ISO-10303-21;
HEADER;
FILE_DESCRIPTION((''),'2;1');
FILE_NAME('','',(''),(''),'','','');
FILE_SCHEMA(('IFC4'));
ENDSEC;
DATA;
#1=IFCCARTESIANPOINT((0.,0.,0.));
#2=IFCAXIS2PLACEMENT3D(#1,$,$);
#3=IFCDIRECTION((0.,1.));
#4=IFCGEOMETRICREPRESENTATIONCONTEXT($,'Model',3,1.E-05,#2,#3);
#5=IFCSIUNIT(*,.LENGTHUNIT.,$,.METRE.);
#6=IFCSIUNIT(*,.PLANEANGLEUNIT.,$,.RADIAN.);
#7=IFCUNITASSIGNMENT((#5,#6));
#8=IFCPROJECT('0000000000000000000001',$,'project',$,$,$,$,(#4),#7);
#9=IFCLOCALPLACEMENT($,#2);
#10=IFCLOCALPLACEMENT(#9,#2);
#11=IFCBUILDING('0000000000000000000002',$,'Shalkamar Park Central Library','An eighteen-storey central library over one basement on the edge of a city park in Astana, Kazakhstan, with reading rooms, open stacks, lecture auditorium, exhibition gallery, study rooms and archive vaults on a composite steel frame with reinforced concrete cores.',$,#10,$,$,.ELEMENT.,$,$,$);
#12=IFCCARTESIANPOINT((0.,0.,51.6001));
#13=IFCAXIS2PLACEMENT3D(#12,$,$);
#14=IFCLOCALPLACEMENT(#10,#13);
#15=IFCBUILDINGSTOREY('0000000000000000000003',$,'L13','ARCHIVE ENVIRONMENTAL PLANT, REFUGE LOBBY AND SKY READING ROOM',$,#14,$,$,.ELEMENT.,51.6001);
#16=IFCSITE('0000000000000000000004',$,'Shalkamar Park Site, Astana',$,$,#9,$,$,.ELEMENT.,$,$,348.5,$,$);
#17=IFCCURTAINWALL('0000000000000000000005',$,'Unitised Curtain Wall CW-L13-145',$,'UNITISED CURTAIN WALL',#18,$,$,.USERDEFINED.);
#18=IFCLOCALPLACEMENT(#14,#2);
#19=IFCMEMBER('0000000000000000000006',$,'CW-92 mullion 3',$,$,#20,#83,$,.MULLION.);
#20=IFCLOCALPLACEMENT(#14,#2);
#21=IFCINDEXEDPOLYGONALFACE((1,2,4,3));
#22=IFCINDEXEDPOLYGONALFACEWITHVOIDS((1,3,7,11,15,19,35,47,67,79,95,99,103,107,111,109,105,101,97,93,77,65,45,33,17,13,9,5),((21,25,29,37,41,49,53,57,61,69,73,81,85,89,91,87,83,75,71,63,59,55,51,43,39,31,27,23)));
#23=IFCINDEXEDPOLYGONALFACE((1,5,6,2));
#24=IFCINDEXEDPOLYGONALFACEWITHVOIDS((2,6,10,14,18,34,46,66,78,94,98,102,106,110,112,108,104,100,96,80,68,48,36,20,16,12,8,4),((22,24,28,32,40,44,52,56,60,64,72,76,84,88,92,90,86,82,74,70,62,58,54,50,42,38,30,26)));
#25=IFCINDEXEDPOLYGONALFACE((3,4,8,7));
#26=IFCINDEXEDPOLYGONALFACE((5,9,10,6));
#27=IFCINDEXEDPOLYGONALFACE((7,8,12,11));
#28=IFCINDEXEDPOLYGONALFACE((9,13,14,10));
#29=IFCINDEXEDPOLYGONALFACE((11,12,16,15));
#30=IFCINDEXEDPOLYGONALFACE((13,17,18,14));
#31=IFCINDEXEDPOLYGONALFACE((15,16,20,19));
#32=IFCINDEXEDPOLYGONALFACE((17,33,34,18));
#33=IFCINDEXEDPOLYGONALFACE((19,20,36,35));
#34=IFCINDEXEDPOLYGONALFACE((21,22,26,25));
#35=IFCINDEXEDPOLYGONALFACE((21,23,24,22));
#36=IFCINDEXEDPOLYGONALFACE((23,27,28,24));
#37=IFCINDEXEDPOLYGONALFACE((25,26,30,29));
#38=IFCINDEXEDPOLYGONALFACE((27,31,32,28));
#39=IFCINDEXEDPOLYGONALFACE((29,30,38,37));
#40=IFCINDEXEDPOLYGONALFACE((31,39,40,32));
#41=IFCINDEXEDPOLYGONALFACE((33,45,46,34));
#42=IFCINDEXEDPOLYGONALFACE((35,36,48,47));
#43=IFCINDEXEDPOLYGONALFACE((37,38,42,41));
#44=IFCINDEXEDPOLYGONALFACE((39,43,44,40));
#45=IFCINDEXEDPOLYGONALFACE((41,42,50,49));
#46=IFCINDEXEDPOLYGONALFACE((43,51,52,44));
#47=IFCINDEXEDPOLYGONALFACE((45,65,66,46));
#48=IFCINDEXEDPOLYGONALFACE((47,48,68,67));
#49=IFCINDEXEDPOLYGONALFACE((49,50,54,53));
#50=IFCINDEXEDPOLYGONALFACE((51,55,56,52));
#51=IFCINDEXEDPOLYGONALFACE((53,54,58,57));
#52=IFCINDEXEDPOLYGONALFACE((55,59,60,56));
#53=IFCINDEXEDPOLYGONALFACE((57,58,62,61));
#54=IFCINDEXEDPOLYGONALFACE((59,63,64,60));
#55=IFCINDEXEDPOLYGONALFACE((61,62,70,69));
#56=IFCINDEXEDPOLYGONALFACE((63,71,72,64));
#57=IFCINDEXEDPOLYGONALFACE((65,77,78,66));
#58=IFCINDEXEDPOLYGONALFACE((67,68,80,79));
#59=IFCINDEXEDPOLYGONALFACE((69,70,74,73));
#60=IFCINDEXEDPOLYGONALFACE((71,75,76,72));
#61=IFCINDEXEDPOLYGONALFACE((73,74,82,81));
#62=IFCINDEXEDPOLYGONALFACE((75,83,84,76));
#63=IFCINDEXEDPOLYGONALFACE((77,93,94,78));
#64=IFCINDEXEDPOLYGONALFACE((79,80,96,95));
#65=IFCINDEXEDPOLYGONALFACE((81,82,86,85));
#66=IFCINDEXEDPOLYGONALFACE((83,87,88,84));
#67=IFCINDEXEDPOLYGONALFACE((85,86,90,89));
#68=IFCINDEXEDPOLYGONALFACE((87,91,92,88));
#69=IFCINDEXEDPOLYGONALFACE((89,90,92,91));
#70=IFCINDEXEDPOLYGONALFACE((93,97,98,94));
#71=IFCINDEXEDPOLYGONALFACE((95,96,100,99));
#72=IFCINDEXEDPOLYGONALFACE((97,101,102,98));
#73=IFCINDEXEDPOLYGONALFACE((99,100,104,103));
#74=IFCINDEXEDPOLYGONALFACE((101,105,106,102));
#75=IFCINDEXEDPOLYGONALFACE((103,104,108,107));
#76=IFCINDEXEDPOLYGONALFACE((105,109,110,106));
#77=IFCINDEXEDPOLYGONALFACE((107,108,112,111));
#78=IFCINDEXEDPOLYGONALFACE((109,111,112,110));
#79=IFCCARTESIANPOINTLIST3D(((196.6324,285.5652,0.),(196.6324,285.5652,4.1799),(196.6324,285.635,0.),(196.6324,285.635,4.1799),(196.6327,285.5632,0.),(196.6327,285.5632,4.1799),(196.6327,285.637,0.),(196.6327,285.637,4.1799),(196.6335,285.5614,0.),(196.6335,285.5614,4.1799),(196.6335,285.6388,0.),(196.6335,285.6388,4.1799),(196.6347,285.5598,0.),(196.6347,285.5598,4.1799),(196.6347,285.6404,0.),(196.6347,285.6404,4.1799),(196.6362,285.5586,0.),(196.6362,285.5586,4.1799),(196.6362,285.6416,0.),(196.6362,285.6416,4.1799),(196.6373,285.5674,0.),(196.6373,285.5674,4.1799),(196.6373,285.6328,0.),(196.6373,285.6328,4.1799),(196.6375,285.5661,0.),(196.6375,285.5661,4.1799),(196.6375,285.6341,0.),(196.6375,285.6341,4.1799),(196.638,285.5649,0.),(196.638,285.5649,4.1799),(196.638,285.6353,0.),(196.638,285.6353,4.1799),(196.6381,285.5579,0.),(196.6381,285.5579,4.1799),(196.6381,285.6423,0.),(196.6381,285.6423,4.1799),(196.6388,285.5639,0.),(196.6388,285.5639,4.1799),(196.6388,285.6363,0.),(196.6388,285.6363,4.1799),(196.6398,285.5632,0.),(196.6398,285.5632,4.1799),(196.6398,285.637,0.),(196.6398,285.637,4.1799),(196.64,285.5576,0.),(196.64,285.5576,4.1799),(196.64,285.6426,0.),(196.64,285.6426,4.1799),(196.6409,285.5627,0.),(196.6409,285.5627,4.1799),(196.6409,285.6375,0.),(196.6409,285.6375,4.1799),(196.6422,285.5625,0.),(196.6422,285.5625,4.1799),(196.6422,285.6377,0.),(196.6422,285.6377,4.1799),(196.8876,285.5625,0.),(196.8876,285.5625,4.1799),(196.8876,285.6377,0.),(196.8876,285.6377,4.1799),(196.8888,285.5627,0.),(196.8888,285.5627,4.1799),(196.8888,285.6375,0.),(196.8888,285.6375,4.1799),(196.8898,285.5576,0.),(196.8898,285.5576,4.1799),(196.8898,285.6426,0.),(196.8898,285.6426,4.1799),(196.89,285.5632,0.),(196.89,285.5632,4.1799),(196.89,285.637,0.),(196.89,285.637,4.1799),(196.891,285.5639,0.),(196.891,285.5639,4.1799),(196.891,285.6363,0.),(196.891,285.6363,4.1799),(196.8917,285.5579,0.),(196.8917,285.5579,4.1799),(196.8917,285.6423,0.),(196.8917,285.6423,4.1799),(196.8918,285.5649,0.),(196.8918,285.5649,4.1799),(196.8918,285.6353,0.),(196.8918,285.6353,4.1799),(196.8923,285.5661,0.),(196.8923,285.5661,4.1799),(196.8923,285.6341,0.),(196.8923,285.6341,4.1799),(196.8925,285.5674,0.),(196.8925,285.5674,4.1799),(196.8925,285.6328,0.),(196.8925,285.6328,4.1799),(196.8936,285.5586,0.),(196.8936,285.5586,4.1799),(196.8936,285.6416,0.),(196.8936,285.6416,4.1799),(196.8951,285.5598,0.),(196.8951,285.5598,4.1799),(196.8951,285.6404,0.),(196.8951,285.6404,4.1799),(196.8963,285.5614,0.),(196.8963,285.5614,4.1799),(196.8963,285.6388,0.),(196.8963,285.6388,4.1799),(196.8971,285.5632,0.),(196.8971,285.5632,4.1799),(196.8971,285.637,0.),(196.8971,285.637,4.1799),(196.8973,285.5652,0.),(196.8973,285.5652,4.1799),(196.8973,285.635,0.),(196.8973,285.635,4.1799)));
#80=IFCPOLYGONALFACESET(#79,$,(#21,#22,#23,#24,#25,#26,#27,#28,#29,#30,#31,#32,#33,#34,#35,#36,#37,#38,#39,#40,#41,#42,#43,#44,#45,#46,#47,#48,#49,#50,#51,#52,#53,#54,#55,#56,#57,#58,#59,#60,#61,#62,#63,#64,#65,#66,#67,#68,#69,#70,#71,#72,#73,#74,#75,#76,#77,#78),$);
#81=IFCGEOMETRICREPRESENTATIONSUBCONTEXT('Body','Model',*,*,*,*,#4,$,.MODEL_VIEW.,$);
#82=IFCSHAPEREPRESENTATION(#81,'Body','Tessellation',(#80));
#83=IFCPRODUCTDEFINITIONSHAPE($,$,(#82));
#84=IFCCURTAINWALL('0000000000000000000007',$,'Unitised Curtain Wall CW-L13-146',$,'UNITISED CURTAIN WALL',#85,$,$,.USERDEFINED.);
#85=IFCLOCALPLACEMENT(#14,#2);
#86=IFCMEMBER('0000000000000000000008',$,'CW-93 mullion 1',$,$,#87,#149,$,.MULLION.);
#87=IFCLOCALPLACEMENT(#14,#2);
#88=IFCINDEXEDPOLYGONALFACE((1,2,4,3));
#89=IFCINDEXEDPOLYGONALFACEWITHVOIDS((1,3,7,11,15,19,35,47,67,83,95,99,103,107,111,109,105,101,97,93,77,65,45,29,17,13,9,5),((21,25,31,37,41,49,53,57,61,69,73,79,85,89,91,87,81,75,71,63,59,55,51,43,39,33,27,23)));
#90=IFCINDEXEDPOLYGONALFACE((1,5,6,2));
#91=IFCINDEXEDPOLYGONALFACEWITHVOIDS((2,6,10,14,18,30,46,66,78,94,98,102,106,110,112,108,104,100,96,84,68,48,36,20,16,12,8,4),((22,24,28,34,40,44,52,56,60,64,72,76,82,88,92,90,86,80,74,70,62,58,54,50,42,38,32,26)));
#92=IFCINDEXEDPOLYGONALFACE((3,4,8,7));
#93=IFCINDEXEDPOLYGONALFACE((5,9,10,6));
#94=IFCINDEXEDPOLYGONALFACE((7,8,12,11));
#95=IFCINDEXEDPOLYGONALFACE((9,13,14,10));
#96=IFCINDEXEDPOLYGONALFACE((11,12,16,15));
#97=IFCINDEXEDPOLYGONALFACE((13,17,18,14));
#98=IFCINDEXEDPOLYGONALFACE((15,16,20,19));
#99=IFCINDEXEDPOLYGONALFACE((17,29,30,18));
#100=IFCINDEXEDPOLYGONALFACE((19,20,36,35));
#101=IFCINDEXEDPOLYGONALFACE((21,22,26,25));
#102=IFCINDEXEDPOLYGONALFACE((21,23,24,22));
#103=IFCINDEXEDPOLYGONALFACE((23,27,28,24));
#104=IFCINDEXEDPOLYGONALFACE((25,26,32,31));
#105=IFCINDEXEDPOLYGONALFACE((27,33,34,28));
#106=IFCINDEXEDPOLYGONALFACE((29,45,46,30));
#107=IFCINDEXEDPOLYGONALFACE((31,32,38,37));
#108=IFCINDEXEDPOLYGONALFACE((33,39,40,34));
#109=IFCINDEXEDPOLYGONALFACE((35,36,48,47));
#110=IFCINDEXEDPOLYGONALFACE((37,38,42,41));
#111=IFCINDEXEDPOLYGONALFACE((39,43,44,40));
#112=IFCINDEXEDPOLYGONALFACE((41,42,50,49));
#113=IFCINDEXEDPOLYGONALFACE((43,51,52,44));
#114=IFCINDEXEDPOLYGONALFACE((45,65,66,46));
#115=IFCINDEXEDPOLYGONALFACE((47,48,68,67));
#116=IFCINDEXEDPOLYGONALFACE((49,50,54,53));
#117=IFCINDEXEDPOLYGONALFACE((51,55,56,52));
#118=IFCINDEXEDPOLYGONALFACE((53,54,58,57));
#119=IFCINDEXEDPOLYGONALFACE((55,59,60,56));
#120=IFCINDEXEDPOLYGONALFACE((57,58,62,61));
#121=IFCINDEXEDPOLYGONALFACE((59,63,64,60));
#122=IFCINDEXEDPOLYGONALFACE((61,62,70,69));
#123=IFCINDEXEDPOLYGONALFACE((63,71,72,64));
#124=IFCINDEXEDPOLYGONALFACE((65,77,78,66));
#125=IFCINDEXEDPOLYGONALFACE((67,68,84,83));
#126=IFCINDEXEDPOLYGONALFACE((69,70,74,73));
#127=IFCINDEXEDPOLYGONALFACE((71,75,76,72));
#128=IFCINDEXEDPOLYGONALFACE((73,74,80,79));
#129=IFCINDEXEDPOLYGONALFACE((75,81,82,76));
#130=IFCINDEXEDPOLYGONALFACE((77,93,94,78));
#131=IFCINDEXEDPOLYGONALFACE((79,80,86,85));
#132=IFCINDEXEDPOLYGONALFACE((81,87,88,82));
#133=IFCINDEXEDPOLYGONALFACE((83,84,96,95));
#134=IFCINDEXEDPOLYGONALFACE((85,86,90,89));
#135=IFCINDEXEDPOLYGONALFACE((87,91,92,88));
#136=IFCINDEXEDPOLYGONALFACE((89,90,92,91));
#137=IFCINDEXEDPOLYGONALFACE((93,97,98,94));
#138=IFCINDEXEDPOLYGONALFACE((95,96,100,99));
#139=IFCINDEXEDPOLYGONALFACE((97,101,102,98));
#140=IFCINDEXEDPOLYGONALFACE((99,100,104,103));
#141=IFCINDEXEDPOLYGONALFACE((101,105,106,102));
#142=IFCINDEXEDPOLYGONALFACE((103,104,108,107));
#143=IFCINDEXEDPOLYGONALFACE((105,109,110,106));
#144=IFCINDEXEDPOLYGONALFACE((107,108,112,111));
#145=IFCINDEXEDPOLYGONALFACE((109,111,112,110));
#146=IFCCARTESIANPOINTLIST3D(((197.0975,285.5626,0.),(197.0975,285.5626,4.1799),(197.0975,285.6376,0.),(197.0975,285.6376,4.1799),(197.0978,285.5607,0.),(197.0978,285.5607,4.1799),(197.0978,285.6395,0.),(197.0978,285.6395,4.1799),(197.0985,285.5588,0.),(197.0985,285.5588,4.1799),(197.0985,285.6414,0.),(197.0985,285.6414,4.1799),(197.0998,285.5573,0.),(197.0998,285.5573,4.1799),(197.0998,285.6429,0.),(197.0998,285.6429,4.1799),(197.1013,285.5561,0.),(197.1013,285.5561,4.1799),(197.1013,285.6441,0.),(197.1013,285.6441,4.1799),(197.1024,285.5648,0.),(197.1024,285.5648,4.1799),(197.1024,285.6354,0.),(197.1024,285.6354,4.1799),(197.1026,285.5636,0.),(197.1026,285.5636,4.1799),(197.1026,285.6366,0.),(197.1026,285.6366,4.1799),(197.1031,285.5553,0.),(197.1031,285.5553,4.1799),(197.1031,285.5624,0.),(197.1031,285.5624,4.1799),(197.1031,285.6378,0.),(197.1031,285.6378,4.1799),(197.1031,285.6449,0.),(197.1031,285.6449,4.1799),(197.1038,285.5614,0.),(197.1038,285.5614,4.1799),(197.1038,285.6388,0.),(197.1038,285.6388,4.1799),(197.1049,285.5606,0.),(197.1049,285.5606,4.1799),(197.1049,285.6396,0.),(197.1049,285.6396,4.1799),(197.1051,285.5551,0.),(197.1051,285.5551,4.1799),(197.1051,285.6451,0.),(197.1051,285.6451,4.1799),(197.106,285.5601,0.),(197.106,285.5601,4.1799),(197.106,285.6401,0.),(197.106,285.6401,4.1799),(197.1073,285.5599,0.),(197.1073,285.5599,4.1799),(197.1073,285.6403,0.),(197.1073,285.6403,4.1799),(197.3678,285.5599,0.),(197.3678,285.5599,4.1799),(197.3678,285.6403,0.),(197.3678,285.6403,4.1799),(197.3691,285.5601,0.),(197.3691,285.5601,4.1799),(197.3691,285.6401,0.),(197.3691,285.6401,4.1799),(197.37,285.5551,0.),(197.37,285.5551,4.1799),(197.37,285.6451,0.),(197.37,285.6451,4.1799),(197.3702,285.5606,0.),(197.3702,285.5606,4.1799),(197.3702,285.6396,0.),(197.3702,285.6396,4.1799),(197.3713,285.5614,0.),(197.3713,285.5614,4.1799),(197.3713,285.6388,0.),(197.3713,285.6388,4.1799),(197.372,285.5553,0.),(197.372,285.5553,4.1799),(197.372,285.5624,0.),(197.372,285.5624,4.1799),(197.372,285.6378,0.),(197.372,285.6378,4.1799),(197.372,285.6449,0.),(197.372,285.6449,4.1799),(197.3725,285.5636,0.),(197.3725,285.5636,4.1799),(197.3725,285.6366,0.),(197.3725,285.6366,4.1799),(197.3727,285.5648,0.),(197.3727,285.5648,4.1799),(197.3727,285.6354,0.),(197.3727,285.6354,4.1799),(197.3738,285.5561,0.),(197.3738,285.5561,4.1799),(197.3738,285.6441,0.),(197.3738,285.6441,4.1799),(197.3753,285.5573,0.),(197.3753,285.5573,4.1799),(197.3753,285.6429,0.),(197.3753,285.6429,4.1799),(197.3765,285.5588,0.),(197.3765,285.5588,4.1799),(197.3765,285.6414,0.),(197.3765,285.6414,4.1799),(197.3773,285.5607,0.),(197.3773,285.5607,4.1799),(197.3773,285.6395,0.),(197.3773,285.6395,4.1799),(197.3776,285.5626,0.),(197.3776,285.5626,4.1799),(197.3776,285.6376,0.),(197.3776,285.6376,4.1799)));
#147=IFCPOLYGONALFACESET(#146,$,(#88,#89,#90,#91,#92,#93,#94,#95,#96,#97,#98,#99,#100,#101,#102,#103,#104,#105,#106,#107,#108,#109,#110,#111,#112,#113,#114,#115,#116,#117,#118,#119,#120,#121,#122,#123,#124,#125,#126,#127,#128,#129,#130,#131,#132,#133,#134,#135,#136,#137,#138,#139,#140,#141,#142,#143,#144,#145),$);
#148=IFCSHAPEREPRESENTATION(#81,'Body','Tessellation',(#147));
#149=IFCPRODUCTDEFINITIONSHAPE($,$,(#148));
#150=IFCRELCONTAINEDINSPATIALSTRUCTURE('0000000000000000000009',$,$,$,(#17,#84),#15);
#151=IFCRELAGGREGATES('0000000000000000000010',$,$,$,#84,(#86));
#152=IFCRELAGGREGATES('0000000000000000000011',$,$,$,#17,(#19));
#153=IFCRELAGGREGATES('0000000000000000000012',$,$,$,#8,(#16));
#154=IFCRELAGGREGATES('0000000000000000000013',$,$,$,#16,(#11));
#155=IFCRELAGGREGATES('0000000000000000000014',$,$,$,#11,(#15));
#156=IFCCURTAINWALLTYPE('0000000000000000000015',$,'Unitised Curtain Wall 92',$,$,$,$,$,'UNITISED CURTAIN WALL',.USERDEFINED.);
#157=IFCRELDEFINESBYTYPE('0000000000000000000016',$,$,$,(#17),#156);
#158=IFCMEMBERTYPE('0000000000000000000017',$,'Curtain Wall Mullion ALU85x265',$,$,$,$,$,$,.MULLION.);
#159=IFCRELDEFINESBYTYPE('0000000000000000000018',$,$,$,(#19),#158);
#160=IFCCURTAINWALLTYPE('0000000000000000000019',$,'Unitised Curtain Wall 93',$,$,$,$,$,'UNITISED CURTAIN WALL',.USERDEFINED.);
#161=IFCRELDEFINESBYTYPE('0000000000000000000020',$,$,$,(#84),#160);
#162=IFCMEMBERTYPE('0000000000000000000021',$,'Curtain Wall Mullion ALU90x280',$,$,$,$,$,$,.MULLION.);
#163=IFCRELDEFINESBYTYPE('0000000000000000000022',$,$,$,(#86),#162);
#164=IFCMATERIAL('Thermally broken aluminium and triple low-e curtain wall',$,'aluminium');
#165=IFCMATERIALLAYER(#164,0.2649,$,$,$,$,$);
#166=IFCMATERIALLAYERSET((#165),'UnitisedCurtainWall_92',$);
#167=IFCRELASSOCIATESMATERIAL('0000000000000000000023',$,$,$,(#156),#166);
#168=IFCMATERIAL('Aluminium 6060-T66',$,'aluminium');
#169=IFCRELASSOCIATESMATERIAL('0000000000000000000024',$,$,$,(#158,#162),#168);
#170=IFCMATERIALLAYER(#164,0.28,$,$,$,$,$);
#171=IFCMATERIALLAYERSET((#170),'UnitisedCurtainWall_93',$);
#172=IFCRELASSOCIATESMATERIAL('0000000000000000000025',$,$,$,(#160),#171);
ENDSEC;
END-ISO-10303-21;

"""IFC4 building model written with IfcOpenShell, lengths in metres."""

from ifc_helpers import new_model, si_unit, direction, frame, origin, origin_2d, place, context, subcontext, project, spatial, hollow_rectangle, extrude, material, layer, layer_set, material_profile, profile_set, type_object, element, aggregate, save


model = new_model("IFC4")

# Units and contexts
model_context = context("Model", 3, precision=1e-05, world=origin(), true_north=direction((0.0, 1.0)))
body_context = subcontext(model_context, "Body", "Model", "MODEL_VIEW")
ifc_project = project(units=[si_unit("LENGTHUNIT", "METRE"), si_unit("PLANEANGLEUNIT", "RADIAN")], contexts=[model_context])

# Site, building, storey
site_placement = place(None, origin())
site = spatial("IfcSite", under=ifc_project, at=site_placement, Name="Shalkamar Park Site, Astana", CompositionType="ELEMENT", RefElevation=348.5)
building_placement = place(site_placement, origin())
building = spatial("IfcBuilding", under=site, at=building_placement, Name="Shalkamar Park Central Library", Description="An eighteen-storey central library over one basement on the edge of a city park in Astana, Kazakhstan, with reading rooms, open stacks, lecture auditorium, exhibition gallery, study rooms and archive vaults on a composite steel frame with reinforced concrete cores.", CompositionType="ELEMENT")
storey_placement = place(building_placement, frame((0.0, 0.0, 51.6001)))
storey = spatial("IfcBuildingStorey", under=building, at=storey_placement, Name="L13", Description="ARCHIVE ENVIRONMENTAL PLANT, REFUGE LOBBY AND SKY READING ROOM", CompositionType="ELEMENT", Elevation=51.6001)

# Curtain wall, member
ifc_material_1 = material(Name="Thermally broken aluminium and triple low-e curtain wall", Category="aluminium")
ifc_layer_1 = layer(ifc_material_1, 0.2649)
ifc_layer_set_1 = layer_set([ifc_layer_1], Name="UnitisedCurtainWall_92")
curtain_wall_type_1 = type_object("IfcCurtainWallType", Name="Unitised Curtain Wall 92", ElementType="UNITISED CURTAIN WALL", PredefinedType="USERDEFINED", material=ifc_layer_set_1)
curtain_wall_1_placement = place(storey_placement, origin())
curtain_wall_1 = element("IfcCurtainWall", 1, at=curtain_wall_1_placement, inside=storey, type_object=curtain_wall_type_1, Name="Unitised Curtain Wall CW-L13-145", ObjectType="UNITISED CURTAIN WALL", PredefinedType="USERDEFINED")
ifc_material_2 = material(Name="Aluminium 6060-T66", Category="aluminium")
ifc_material_profile_1 = material_profile(ifc_material_2, hollow_rectangle(XDim=0.085, YDim=0.2649, WallThickness=0.0049, InnerFilletRadius=0.0049, OuterFilletRadius=0.0076, at=origin_2d()), Name="ALU 85x265x5")
ifc_profile_set_1 = profile_set([ifc_material_profile_1], Name="Aluminium 6060-T66")
member_type_1 = type_object("IfcMemberType", Name="Curtain Wall Mullion ALU85x265", PredefinedType="MULLION", material=ifc_profile_set_1)
member_1_placement = place(storey_placement, frame((196.7649, 285.6001, 0.0), z_axis=(0.0, 0.0, 1.0), x_axis=(0.0, 1.0, 0.0)))
member_1 = element("IfcMember", 2, at=member_1_placement, type_object=member_type_1, Name="CW-92 mullion 3", PredefinedType="MULLION", context=body_context, shape_type="SweptSolid", body=[
    extrude(hollow_rectangle(XDim=0.085, YDim=0.2649, WallThickness=0.0049, InnerFilletRadius=0.0049, OuterFilletRadius=0.0076, at=origin_2d()), origin(), (0.0, 0.0, 1.0), 4.1799),
])

# Curtain wall, member
ifc_layer_2 = layer(ifc_material_1, 0.28)
ifc_layer_set_2 = layer_set([ifc_layer_2], Name="UnitisedCurtainWall_93")
curtain_wall_type_2 = type_object("IfcCurtainWallType", Name="Unitised Curtain Wall 93", ElementType="UNITISED CURTAIN WALL", PredefinedType="USERDEFINED", material=ifc_layer_set_2)
curtain_wall_2_placement = place(storey_placement, origin())
curtain_wall_2 = element("IfcCurtainWall", 3, at=curtain_wall_2_placement, inside=storey, type_object=curtain_wall_type_2, Name="Unitised Curtain Wall CW-L13-146", ObjectType="UNITISED CURTAIN WALL", PredefinedType="USERDEFINED")
ifc_material_profile_2 = material_profile(ifc_material_2, hollow_rectangle(XDim=0.0901, YDim=0.28, WallThickness=0.0049, InnerFilletRadius=0.0049, OuterFilletRadius=0.0076, at=origin_2d()), Name="ALU 90x280x5")
ifc_profile_set_2 = profile_set([ifc_material_profile_2], Name="Aluminium 6060-T66")
member_type_2 = type_object("IfcMemberType", Name="Curtain Wall Mullion ALU90x280", PredefinedType="MULLION", material=ifc_profile_set_2)
member_2_placement = place(storey_placement, frame((197.2375, 285.6001, 0.0), z_axis=(0.0, 0.0, 1.0), x_axis=(0.0, 1.0, 0.0)))
member_2 = element("IfcMember", 4, at=member_2_placement, type_object=member_type_2, Name="CW-93 mullion 1", PredefinedType="MULLION", context=body_context, shape_type="SweptSolid", body=[
    extrude(hollow_rectangle(XDim=0.0901, YDim=0.28, WallThickness=0.0049, InnerFilletRadius=0.0049, OuterFilletRadius=0.0076, at=origin_2d()), origin(), (0.0, 0.0, 1.0), 4.1799),
])

aggregate(curtain_wall_2, [member_2])
aggregate(curtain_wall_1, [member_1])

save(model, "model.ifc")
